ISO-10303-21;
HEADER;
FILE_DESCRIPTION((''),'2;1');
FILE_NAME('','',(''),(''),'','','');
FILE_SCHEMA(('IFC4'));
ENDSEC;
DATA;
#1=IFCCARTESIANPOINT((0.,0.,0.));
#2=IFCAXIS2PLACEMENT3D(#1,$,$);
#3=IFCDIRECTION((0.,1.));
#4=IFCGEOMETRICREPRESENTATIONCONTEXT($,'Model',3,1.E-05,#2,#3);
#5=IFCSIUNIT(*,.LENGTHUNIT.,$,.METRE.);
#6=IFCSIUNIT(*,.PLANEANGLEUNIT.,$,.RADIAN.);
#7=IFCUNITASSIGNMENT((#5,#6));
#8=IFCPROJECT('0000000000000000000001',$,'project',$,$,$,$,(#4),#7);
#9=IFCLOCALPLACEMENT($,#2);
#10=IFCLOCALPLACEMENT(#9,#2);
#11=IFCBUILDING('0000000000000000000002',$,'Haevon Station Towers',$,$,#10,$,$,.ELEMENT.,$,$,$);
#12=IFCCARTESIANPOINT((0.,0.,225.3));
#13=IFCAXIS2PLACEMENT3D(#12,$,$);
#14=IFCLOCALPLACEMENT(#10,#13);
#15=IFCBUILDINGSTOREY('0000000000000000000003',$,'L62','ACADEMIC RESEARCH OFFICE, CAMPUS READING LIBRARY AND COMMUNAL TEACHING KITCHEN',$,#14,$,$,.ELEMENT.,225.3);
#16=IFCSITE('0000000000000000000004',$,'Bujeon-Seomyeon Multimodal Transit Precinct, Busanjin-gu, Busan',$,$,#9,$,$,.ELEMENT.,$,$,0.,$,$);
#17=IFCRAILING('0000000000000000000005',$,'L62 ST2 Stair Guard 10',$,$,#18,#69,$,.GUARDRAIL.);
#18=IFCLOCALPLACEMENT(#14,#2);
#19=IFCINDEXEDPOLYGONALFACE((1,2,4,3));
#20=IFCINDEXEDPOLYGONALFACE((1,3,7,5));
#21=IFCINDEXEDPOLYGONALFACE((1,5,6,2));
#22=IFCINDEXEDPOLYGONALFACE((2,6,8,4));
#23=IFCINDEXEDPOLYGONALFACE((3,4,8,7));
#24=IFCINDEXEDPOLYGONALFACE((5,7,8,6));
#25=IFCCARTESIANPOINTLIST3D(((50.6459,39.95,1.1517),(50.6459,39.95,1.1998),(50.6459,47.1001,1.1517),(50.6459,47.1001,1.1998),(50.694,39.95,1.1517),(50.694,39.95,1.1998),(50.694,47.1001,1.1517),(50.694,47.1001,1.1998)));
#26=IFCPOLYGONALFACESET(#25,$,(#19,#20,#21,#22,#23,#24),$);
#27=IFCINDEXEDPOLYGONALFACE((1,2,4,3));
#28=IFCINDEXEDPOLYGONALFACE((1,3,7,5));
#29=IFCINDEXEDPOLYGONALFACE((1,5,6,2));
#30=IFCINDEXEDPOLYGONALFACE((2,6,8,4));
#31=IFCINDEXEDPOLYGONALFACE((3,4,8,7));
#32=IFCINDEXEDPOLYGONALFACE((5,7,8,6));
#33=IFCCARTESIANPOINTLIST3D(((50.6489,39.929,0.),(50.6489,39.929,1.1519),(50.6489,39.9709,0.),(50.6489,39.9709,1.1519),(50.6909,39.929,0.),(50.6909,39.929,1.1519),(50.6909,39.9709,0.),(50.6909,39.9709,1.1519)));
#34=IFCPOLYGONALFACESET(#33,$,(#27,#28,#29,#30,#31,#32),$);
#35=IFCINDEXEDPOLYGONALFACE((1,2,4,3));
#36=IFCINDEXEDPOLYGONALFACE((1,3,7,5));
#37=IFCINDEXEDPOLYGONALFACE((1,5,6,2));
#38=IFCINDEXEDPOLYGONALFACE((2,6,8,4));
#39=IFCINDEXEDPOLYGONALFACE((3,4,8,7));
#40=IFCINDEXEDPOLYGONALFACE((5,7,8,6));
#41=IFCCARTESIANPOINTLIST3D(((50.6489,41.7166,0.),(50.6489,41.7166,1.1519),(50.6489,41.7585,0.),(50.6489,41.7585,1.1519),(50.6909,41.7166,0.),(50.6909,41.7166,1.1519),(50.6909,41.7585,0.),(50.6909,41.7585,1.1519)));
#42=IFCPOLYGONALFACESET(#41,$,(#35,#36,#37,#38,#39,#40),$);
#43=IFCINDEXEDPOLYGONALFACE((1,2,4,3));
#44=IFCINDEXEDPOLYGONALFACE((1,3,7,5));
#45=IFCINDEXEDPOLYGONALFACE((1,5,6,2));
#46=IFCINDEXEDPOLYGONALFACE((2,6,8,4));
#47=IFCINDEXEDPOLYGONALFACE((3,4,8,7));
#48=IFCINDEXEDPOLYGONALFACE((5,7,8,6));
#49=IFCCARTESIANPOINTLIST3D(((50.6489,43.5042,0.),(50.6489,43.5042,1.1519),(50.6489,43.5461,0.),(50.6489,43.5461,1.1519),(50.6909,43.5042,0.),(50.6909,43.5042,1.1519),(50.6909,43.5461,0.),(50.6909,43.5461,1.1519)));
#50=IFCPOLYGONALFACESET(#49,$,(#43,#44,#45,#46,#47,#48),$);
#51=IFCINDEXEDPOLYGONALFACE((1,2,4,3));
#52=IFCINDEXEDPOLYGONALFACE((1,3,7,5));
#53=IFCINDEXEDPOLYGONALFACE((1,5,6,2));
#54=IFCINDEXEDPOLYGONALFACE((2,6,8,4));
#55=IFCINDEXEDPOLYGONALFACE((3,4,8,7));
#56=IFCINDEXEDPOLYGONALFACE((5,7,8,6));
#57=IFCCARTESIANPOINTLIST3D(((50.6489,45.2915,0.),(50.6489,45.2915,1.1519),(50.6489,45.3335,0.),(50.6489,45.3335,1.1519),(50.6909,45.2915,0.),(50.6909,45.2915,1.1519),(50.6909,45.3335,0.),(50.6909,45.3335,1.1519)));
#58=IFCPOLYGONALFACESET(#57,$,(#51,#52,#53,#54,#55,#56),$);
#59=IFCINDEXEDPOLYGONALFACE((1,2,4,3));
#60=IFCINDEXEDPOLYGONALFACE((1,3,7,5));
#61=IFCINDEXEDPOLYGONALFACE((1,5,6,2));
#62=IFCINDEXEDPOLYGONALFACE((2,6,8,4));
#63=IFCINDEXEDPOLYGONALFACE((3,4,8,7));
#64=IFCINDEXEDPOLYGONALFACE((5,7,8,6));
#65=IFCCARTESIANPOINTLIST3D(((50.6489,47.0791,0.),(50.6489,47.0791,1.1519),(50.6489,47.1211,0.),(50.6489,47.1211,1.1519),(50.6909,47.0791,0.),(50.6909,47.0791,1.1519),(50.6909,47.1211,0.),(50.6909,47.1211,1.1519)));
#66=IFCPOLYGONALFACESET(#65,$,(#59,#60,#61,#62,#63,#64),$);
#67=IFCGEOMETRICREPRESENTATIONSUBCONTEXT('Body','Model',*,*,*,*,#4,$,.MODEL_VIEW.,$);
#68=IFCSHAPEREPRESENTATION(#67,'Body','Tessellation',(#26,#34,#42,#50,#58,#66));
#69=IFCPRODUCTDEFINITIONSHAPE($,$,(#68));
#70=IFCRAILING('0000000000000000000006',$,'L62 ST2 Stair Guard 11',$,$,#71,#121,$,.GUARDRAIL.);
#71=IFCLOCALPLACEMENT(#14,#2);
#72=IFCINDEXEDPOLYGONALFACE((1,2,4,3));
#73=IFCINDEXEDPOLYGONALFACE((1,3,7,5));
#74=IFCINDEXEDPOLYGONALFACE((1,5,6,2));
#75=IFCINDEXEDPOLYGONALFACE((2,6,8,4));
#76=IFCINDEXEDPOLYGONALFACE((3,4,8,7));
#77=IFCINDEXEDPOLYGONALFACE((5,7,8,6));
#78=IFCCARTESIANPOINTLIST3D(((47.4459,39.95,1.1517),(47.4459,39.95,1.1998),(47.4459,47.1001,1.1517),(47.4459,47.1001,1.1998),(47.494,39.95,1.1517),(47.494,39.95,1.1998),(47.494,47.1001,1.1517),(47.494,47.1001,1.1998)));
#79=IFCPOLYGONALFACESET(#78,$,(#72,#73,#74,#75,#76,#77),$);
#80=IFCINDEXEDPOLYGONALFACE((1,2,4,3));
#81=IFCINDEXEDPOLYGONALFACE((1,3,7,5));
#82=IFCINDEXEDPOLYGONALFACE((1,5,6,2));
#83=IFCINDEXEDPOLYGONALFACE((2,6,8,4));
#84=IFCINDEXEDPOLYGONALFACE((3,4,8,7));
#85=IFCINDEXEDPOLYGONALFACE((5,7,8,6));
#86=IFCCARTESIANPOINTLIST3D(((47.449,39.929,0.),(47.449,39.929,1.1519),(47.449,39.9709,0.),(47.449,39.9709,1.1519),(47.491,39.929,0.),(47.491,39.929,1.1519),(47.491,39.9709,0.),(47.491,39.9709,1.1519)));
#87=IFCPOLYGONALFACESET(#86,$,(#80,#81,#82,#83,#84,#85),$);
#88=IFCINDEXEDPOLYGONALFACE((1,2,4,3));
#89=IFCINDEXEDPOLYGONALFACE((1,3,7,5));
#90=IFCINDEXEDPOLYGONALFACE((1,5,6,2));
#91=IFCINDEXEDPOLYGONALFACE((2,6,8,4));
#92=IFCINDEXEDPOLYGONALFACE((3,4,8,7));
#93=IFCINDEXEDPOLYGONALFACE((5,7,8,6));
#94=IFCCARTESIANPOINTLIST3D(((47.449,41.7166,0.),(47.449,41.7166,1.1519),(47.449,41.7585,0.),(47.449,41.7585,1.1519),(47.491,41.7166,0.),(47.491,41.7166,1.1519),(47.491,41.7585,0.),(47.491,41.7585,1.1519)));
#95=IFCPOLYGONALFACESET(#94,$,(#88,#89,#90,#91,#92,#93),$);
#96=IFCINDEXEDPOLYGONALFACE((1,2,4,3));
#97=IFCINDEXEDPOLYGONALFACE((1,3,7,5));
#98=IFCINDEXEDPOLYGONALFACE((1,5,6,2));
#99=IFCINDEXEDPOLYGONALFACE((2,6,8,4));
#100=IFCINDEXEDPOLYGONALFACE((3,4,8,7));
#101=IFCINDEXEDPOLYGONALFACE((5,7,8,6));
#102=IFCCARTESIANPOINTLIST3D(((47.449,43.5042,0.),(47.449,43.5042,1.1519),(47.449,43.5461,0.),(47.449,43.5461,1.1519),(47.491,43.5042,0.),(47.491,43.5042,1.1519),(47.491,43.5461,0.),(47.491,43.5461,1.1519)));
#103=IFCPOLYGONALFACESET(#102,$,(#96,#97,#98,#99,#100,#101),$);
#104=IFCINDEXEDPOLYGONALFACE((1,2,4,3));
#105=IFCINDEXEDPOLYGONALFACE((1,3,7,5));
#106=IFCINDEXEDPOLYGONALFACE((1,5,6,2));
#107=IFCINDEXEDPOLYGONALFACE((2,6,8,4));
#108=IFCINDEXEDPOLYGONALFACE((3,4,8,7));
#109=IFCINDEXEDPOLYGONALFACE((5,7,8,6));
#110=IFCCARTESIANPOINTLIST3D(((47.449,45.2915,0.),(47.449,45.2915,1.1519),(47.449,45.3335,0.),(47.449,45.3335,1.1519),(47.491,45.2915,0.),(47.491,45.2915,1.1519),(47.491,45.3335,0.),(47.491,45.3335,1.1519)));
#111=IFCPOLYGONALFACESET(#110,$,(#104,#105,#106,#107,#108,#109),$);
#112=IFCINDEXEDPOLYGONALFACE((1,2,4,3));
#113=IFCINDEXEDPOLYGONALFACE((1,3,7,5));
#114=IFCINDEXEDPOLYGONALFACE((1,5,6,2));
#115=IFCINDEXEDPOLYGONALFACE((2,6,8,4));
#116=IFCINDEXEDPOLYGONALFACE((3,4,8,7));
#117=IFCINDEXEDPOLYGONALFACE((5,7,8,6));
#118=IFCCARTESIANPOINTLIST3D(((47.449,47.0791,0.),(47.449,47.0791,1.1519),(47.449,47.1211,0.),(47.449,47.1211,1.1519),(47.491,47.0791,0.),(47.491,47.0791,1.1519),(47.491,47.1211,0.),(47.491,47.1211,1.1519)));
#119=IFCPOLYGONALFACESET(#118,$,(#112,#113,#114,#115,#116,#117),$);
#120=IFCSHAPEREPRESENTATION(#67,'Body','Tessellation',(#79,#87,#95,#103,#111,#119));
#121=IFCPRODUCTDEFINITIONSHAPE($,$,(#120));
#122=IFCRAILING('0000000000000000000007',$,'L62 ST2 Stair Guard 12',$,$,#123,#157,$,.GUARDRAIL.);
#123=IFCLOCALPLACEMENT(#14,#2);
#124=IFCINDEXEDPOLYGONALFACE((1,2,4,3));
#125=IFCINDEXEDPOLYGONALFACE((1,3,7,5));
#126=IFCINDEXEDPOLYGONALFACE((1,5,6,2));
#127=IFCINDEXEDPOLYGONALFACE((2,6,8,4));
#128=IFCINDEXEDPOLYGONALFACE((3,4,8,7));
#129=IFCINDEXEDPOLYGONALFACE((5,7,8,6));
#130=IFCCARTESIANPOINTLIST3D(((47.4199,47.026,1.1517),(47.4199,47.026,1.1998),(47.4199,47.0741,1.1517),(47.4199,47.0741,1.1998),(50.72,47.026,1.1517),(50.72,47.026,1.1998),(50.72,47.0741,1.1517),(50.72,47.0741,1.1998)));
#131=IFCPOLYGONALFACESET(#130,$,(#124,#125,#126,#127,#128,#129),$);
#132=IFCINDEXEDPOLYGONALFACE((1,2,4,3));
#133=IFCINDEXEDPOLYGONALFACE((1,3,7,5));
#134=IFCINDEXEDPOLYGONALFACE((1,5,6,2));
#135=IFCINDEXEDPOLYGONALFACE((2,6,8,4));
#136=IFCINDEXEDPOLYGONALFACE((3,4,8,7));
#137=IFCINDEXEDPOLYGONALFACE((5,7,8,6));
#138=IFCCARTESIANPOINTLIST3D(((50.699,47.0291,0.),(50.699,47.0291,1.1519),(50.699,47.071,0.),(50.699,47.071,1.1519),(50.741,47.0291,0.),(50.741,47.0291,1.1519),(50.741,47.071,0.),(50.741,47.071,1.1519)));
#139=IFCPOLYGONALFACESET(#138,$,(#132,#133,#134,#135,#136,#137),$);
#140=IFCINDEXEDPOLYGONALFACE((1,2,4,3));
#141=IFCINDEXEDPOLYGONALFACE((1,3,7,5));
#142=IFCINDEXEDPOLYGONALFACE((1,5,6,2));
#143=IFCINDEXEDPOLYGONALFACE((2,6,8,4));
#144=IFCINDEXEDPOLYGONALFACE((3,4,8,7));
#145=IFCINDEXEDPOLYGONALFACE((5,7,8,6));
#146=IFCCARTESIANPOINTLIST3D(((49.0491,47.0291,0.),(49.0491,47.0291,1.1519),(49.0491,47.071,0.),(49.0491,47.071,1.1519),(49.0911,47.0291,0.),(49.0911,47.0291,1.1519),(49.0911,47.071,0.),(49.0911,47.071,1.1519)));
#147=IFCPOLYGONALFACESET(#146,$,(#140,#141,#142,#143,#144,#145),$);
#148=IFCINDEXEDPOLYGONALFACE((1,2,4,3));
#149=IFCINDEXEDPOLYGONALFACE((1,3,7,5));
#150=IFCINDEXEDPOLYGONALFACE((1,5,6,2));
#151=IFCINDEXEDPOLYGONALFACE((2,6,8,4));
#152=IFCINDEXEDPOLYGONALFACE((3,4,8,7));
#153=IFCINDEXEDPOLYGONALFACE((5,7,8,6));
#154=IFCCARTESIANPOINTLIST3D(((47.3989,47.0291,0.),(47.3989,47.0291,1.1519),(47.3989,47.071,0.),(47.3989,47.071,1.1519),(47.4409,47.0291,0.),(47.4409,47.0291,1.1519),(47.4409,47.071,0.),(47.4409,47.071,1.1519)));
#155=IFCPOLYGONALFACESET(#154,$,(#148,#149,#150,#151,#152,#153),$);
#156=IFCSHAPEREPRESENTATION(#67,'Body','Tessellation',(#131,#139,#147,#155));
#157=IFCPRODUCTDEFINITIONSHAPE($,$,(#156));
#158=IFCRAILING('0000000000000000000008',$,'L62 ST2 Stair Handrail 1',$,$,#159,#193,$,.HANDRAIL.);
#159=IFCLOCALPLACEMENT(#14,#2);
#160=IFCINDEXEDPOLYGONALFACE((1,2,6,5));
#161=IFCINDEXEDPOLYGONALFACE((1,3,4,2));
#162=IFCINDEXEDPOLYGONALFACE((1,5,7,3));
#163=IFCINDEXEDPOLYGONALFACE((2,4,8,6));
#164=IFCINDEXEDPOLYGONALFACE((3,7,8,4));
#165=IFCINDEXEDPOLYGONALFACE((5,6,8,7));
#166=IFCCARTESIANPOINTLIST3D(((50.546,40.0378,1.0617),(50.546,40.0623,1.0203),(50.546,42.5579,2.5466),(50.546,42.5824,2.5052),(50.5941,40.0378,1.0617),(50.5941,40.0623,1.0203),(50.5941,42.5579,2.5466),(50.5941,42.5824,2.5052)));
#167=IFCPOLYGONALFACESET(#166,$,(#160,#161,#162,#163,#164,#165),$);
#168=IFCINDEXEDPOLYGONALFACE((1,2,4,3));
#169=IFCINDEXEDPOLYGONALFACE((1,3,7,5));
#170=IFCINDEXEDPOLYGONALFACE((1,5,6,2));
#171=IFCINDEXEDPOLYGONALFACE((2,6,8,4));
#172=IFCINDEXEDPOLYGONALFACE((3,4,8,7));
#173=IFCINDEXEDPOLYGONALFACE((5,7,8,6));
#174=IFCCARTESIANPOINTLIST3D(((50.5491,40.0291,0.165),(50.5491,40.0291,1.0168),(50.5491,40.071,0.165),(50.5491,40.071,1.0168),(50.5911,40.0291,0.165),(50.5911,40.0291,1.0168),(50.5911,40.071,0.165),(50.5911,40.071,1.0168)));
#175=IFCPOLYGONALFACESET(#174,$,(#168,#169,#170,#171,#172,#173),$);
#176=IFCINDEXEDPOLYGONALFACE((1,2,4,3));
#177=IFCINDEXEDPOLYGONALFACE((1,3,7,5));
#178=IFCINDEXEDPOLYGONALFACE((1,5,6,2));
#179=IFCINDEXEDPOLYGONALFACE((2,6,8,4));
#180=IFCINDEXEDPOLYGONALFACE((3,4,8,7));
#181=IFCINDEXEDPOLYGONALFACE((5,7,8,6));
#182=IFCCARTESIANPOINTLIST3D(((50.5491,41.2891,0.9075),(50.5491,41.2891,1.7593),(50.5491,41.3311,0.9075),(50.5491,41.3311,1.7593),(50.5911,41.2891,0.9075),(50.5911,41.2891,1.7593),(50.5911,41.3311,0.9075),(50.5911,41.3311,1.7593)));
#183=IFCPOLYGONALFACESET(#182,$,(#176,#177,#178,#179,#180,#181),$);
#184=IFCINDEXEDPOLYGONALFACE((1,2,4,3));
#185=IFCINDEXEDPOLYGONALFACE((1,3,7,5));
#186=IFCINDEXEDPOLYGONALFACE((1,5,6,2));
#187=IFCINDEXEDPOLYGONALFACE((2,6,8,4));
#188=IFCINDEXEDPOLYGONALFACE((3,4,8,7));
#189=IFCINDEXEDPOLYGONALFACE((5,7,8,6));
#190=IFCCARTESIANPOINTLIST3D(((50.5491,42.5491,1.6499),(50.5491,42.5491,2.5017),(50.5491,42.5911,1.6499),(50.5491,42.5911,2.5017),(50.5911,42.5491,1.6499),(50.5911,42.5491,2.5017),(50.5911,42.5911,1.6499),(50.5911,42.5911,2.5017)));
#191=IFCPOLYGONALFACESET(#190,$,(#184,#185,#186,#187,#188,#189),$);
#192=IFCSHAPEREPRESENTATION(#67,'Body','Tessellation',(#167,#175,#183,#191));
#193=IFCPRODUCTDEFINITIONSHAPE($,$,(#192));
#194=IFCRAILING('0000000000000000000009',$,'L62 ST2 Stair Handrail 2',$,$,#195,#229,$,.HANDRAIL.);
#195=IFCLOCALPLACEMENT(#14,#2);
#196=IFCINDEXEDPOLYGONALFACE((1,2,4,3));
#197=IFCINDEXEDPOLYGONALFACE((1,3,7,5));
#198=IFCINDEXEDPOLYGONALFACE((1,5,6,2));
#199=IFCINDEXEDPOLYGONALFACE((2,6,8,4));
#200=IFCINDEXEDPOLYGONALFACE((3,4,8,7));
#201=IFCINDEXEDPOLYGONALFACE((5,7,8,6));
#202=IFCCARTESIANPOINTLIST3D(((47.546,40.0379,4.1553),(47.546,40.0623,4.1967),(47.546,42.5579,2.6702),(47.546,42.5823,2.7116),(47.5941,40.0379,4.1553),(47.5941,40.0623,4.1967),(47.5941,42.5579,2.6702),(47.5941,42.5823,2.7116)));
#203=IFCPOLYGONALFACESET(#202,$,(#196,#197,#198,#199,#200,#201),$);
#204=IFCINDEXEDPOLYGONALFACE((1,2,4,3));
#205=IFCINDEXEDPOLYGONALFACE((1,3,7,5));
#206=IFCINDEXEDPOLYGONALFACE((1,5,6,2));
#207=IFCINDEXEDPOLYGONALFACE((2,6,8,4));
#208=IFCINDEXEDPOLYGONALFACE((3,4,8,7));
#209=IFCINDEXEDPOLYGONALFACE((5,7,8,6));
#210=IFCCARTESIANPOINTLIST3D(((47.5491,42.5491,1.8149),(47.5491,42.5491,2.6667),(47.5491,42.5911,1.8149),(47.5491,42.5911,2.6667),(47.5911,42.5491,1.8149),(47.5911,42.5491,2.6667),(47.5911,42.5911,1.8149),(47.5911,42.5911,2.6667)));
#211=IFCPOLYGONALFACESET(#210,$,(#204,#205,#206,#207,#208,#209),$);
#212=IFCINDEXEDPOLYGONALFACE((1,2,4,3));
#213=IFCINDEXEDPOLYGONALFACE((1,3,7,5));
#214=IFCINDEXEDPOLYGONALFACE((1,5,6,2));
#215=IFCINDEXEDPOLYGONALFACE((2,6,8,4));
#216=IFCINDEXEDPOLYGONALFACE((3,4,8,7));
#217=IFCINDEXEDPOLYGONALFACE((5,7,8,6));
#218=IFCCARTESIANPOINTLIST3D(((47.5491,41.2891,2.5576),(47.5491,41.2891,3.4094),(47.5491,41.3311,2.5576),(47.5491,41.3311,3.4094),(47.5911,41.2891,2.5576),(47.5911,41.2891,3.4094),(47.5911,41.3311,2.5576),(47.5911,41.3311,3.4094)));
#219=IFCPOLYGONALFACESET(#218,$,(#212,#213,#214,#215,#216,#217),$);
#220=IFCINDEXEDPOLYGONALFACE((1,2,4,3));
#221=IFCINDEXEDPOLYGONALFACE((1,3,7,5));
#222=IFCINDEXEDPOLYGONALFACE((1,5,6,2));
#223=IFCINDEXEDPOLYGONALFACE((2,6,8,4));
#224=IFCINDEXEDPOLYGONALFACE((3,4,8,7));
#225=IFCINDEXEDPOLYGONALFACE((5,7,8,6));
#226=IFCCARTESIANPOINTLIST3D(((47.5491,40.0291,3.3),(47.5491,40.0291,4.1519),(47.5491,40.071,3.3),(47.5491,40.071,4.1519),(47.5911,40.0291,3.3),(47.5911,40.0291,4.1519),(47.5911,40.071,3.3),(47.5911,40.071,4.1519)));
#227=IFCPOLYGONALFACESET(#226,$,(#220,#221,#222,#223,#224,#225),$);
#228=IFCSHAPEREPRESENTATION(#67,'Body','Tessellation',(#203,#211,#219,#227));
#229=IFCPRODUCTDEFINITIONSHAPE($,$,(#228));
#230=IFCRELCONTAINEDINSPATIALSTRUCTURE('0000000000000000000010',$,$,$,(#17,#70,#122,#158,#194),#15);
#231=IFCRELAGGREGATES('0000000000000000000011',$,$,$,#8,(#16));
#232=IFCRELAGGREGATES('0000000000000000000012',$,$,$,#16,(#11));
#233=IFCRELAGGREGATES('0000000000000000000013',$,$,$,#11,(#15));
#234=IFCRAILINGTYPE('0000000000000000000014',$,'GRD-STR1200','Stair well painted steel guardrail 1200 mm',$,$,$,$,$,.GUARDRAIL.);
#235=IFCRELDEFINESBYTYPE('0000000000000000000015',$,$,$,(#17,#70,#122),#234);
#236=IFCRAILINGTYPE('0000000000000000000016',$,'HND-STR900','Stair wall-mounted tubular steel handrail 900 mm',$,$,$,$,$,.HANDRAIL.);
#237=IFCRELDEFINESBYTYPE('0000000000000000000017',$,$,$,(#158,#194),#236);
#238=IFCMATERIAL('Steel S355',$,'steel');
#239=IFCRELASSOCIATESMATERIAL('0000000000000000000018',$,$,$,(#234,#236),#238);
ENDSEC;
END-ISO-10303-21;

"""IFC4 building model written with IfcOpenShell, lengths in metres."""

from ifc_helpers import new_model, si_unit, direction, frame, origin, origin_2d, place, context, subcontext, project, spatial, rectangle, extrude, material, type_object, element, save


model = new_model("IFC4")

# Units and contexts
model_context = context("Model", 3, precision=1e-05, world=origin(), true_north=direction((0.0, 1.0)))
body_context = subcontext(model_context, "Body", "Model", "MODEL_VIEW")
ifc_project = project(units=[si_unit("LENGTHUNIT", "METRE"), si_unit("PLANEANGLEUNIT", "RADIAN")], contexts=[model_context])

# Site, building, storey
site_placement = place(None, origin())
site = spatial("IfcSite", under=ifc_project, at=site_placement, Name="Bujeon-Seomyeon Multimodal Transit Precinct, Busanjin-gu, Busan", CompositionType="ELEMENT", RefElevation=0.0)
building_placement = place(site_placement, origin())
building = spatial("IfcBuilding", under=site, at=building_placement, Name="Haevon Station Towers", CompositionType="ELEMENT")
storey_placement = place(building_placement, frame((0.0, 0.0, 225.3)))
storey = spatial("IfcBuildingStorey", under=building, at=storey_placement, Name="L62", Description="ACADEMIC RESEARCH OFFICE, CAMPUS READING LIBRARY AND COMMUNAL TEACHING KITCHEN", CompositionType="ELEMENT", Elevation=225.3)

# Shared definitions
ifc_material_1 = material(Name="Steel S355", Category="steel")

# Railings
railing_type_1 = type_object("IfcRailingType", Name="GRD-STR1200", Description="Stair well painted steel guardrail 1200 mm", PredefinedType="GUARDRAIL", material=ifc_material_1)
for number, where, name in (
    (1, (50.6699, 39.95, 0.0), "L62 ST2 Stair Guard 10"),
    (2, (47.47, 39.95, 0.0), "L62 ST2 Stair Guard 11"),
):
    element("IfcRailing", number, at=place(storey_placement, frame(where)), inside=storey, type_object=railing_type_1, Name=name, PredefinedType="GUARDRAIL", context=body_context, shape_type="SweptSolid", body=[
        extrude(rectangle(XDim=0.0481, YDim=0.0481, at=origin_2d()), frame((0.0, 0.0, 1.1758), z_axis=(0.0, 1.0, 0.0), x_axis=(-1.0, 0.0, 0.0)), (0.0, 0.0, 1.0), 7.1501),
        extrude(rectangle(XDim=0.042, YDim=0.042, at=origin_2d()), origin(), (0.0, 0.0, 1.0), 1.1519),
        extrude(rectangle(XDim=0.042, YDim=0.042, at=origin_2d()), frame((0.0, 1.7876, 0.0)), (0.0, 0.0, 1.0), 1.1519),
        extrude(rectangle(XDim=0.042, YDim=0.042, at=origin_2d()), frame((0.0, 3.5752, 0.0)), (0.0, 0.0, 1.0), 1.1519),
        extrude(rectangle(XDim=0.042, YDim=0.042, at=origin_2d()), frame((0.0, 5.3625, 0.0)), (0.0, 0.0, 1.0), 1.1519),
        extrude(rectangle(XDim=0.042, YDim=0.042, at=origin_2d()), frame((0.0, 7.1501, 0.0)), (0.0, 0.0, 1.0), 1.1519),
    ])
railing_1_placement = place(storey_placement, frame((50.72, 47.05, 0.0)))
element("IfcRailing", 3, at=railing_1_placement, inside=storey, type_object=railing_type_1, Name="L62 ST2 Stair Guard 12", PredefinedType="GUARDRAIL", context=body_context, shape_type="SweptSolid", body=[
    extrude(rectangle(XDim=0.0481, YDim=0.0481, at=origin_2d()), frame((0.0, 0.0, 1.1758), z_axis=(-1.0, 0.0, 0.0), x_axis=(0.0, -1.0, 0.0)), (0.0, 0.0, 1.0), 3.3),
    extrude(rectangle(XDim=0.042, YDim=0.042, at=origin_2d()), origin(), (0.0, 0.0, 1.0), 1.1519),
    extrude(rectangle(XDim=0.042, YDim=0.042, at=origin_2d()), frame((-1.6499, 0.0, 0.0)), (0.0, 0.0, 1.0), 1.1519),
    extrude(rectangle(XDim=0.042, YDim=0.042, at=origin_2d()), frame((-3.3, 0.0, 0.0)), (0.0, 0.0, 1.0), 1.1519),
])
railing_type_2 = type_object("IfcRailingType", Name="HND-STR900", Description="Stair wall-mounted tubular steel handrail 900 mm", PredefinedType="HANDRAIL", material=ifc_material_1)
railing_2_placement = place(storey_placement, frame((50.5701, 40.05, 0.165)))
element("IfcRailing", 4, at=railing_2_placement, inside=storey, type_object=railing_type_2, Name="L62 ST2 Stair Handrail 1", PredefinedType="HANDRAIL", context=body_context, shape_type="SweptSolid", body=[
    extrude(rectangle(XDim=0.0481, YDim=0.0481, at=origin_2d()), frame((0.0, 0.0, 0.876), z_axis=(0.0, 0.861561, 0.507655), x_axis=(-1.0, 0.0, 0.0)), (0.0, 0.0, 1.0), 2.925),
    extrude(rectangle(XDim=0.042, YDim=0.042, at=origin_2d()), origin(), (0.0, 0.0, 1.0), 0.8518),
    extrude(rectangle(XDim=0.042, YDim=0.042, at=origin_2d()), frame((0.0, 1.26, 0.7424)), (0.0, 0.0, 1.0), 0.8518),
    extrude(rectangle(XDim=0.042, YDim=0.042, at=origin_2d()), frame((0.0, 2.52, 1.4849)), (0.0, 0.0, 1.0), 0.8518),
])
railing_3_placement = place(storey_placement, frame((47.5701, 42.5701, 1.8149)))
element("IfcRailing", 5, at=railing_3_placement, inside=storey, type_object=railing_type_2, Name="L62 ST2 Stair Handrail 2", PredefinedType="HANDRAIL", context=body_context, shape_type="SweptSolid", body=[
    extrude(rectangle(XDim=0.0481, YDim=0.0481, at=origin_2d()), frame((0.0, 0.0, 0.876), z_axis=(0.0, -0.861524, 0.507717), x_axis=(1.0, 0.0, 0.0)), (0.0, 0.0, 1.0), 2.925),
    extrude(rectangle(XDim=0.042, YDim=0.042, at=origin_2d()), origin(), (0.0, 0.0, 1.0), 0.8518),
    extrude(rectangle(XDim=0.042, YDim=0.042, at=origin_2d()), frame((0.0, -1.26, 0.7427)), (0.0, 0.0, 1.0), 0.8518),
    extrude(rectangle(XDim=0.042, YDim=0.042, at=origin_2d()), frame((0.0, -2.52, 1.4851)), (0.0, 0.0, 1.0), 0.8518),
])

save(model, "model.ifc")
